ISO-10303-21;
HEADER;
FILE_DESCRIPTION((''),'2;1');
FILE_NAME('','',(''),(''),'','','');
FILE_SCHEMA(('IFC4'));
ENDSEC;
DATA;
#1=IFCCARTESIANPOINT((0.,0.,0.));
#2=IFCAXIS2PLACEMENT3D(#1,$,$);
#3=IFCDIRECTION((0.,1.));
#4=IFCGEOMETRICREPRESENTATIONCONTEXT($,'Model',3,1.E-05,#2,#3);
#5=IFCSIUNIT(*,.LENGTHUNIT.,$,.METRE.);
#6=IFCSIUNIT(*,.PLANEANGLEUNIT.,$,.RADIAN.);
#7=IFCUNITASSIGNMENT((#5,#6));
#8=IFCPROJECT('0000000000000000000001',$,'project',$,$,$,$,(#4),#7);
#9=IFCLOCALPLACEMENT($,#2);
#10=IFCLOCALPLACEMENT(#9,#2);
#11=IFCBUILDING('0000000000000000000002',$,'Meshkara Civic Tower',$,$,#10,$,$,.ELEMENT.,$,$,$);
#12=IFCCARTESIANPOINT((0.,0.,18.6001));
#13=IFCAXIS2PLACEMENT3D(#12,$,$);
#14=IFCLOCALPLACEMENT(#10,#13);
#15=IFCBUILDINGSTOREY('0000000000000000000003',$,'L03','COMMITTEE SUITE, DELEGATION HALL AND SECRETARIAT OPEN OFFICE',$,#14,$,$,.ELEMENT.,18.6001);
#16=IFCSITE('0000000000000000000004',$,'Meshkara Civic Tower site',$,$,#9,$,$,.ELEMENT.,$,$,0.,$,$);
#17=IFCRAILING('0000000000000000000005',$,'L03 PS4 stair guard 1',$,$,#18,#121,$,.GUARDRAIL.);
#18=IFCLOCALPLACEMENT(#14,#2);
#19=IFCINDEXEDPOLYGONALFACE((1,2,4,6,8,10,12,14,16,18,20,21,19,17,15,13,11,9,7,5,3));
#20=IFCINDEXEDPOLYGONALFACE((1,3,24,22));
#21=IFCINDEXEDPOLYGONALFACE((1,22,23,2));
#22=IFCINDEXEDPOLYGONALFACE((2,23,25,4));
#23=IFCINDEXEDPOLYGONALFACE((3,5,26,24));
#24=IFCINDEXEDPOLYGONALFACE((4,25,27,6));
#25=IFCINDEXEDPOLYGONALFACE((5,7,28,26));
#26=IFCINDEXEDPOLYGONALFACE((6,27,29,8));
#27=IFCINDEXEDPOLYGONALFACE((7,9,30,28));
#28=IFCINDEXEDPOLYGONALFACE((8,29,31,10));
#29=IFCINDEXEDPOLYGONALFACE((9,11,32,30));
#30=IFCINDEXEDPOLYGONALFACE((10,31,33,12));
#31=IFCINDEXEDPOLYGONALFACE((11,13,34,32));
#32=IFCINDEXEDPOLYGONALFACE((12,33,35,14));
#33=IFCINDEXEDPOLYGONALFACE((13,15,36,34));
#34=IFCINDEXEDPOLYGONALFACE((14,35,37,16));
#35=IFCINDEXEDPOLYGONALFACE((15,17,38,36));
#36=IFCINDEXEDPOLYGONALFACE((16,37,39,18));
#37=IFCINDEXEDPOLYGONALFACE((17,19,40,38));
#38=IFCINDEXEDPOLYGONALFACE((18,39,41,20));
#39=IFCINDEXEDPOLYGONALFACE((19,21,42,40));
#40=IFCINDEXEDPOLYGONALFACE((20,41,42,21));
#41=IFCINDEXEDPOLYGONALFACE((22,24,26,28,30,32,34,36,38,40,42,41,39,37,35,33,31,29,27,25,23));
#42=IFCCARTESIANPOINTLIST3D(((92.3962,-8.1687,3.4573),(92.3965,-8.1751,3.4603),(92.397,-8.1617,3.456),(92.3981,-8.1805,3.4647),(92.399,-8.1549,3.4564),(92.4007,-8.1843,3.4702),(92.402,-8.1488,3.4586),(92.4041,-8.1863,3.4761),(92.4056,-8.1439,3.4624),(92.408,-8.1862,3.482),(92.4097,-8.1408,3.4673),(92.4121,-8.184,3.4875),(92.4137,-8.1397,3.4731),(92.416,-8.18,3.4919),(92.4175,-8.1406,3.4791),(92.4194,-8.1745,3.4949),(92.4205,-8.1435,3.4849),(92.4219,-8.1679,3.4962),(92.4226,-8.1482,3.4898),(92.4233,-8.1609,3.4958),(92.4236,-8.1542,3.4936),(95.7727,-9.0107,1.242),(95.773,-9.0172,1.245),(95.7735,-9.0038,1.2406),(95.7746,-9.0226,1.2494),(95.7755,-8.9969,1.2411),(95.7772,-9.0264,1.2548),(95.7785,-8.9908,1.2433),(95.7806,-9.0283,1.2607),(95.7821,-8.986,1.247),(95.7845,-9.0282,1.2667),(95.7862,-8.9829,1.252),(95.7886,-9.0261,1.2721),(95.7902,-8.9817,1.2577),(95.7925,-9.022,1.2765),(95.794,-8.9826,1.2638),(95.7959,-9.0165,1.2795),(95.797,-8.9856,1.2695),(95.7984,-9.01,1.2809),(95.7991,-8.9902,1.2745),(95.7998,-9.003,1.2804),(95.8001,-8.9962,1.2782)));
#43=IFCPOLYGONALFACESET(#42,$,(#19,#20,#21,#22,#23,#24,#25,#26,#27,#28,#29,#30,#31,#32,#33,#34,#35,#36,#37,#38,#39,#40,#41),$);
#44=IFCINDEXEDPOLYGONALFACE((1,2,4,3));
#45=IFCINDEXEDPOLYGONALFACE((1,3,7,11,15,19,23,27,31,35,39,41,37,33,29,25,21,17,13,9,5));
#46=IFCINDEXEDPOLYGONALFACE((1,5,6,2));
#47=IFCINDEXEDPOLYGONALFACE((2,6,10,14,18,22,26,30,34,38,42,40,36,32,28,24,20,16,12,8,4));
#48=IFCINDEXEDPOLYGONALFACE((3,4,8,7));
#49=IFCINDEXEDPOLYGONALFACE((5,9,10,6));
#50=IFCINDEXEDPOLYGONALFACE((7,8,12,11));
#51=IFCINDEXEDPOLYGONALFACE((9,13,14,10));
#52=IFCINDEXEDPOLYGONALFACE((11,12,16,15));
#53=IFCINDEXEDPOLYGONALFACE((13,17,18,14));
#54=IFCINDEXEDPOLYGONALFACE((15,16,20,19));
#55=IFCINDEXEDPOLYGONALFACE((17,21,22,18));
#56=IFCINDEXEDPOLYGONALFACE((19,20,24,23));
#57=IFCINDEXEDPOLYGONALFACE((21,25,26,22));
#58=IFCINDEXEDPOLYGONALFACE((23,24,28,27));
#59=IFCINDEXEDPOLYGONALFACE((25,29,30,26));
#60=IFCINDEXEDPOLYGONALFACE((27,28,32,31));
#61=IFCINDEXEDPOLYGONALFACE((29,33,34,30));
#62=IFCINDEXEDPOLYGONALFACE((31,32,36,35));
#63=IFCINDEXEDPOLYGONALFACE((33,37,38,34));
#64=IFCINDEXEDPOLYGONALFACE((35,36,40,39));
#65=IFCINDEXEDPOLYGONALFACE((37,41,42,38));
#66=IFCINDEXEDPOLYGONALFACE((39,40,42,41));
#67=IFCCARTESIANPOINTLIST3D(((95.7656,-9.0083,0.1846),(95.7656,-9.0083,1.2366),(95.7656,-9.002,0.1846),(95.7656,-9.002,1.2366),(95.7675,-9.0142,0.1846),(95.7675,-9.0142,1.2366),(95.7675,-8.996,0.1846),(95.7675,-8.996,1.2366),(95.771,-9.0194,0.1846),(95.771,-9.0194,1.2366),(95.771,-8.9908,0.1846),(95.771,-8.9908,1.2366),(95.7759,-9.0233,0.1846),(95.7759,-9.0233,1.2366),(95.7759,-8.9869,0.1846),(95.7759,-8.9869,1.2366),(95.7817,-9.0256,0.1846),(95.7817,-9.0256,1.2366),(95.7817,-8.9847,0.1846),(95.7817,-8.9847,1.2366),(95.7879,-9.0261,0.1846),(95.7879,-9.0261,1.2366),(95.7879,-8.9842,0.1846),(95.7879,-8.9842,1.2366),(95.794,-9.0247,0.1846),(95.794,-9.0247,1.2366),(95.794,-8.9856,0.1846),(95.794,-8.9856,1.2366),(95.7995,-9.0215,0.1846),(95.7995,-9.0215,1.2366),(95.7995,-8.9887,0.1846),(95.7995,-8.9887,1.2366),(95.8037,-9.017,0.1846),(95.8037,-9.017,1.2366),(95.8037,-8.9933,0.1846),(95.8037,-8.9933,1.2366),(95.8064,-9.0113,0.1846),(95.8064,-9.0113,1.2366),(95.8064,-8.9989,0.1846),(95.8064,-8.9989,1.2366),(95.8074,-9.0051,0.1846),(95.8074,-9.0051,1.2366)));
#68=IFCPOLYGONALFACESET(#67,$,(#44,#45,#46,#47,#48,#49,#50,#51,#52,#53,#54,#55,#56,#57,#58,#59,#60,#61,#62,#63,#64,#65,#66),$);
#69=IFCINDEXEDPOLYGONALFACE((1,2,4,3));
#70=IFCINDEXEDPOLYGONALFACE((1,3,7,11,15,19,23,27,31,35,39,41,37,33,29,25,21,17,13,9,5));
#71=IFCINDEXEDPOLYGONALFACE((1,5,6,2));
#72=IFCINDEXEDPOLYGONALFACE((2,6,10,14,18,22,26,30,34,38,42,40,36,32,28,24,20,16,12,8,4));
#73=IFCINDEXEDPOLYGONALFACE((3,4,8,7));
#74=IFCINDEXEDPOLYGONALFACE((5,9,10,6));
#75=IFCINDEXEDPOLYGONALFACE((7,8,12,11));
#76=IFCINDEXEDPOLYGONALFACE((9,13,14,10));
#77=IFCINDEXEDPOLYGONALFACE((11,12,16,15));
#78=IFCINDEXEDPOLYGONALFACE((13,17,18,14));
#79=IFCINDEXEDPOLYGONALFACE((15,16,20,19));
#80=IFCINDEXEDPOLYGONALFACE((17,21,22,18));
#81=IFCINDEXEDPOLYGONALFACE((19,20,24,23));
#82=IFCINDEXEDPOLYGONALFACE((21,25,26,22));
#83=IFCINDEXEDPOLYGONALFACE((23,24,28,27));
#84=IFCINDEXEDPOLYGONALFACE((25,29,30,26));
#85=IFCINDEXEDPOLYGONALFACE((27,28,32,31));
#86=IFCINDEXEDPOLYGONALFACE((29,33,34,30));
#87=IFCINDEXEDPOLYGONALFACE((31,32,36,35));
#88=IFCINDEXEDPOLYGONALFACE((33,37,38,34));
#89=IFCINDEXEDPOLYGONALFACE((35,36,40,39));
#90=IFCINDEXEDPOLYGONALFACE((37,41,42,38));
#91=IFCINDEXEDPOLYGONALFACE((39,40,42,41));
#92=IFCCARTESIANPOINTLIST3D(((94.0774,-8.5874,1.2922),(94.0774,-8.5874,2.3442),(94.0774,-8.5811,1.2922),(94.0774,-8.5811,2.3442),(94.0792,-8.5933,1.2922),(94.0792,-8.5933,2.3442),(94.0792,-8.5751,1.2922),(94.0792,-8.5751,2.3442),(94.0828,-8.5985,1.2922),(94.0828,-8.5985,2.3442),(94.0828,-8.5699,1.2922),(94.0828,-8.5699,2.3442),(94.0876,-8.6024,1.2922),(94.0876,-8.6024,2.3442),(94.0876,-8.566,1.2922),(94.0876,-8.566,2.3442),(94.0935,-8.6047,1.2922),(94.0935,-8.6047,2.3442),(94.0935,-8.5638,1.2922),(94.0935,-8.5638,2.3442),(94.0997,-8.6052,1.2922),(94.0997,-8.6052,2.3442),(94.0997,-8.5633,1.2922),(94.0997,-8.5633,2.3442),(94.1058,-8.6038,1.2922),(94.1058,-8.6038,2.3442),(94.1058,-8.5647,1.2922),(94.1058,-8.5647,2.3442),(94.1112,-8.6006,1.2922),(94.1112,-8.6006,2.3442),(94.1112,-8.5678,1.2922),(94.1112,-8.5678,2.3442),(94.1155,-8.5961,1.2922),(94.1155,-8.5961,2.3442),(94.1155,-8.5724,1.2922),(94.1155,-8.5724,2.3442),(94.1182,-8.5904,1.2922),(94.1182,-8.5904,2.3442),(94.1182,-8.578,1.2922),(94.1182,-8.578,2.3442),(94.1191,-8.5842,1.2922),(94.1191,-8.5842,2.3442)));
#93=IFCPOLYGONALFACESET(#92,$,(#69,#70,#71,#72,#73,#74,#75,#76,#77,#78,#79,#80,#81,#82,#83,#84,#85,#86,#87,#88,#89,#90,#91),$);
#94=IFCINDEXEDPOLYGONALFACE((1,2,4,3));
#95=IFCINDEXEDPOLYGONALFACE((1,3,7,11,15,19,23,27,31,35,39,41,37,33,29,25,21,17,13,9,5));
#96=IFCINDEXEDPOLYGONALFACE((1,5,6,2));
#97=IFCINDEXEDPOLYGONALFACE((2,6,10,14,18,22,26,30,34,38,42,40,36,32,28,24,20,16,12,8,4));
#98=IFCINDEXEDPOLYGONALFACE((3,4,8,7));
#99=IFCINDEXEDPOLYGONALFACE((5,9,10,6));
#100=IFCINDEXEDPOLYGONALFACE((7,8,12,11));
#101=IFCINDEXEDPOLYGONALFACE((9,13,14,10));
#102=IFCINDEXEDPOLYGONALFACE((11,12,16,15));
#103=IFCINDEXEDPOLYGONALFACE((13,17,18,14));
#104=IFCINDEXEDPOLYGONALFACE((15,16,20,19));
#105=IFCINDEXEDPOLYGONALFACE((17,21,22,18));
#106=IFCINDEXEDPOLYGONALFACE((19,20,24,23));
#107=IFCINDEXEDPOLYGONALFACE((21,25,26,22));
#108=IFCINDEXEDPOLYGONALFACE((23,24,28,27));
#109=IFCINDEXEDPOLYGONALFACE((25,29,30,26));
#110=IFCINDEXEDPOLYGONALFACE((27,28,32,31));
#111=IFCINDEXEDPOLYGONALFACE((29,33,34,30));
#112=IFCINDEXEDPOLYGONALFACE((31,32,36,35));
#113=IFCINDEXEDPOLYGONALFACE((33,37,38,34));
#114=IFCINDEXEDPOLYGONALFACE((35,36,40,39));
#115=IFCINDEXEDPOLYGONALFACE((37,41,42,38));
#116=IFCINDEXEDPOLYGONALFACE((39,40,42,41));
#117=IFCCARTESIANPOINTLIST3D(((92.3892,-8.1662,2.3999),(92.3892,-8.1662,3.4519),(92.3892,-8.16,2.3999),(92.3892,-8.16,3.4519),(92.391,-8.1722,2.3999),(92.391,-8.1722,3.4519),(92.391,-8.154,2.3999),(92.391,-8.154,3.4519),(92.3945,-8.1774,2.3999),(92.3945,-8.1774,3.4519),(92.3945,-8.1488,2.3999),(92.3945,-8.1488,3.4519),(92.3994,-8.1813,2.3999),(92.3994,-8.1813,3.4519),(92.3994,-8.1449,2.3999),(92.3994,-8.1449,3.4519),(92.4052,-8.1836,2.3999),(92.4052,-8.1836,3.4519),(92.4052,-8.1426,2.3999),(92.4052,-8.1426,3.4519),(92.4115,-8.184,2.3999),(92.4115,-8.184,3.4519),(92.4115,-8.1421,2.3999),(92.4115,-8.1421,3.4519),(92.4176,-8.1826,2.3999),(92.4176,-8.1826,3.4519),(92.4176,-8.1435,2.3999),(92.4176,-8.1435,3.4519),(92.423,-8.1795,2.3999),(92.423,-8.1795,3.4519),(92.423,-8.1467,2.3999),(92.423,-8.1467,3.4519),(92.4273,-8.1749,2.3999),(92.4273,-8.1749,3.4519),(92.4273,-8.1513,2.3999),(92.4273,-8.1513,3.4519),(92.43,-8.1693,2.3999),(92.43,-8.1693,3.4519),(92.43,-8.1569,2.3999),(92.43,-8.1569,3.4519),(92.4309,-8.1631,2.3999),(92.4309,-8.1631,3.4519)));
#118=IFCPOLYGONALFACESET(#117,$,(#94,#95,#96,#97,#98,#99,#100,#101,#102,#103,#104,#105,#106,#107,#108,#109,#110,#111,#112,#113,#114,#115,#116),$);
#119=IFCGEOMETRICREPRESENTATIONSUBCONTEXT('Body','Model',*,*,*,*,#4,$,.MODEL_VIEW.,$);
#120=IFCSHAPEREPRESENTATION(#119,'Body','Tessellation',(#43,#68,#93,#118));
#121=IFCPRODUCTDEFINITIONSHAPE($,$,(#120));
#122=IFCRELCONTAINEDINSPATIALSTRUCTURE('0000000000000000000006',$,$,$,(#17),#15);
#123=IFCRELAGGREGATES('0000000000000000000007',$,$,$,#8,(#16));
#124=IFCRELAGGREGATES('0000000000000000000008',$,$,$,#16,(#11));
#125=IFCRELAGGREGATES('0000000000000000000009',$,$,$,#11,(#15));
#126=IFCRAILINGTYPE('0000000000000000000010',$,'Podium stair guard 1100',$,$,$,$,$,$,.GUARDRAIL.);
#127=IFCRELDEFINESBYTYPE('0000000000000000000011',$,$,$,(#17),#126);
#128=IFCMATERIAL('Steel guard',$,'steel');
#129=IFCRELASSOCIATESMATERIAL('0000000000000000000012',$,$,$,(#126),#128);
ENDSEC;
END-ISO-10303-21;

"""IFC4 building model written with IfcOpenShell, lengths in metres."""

from ifc_helpers import new_model, si_unit, direction, frame, origin, origin_2d, place, context, subcontext, project, spatial, circle, extrude, material, type_object, element, save


model = new_model("IFC4")

# Units and contexts
model_context = context("Model", 3, precision=1e-05, world=origin(), true_north=direction((0.0, 1.0)))
body_context = subcontext(model_context, "Body", "Model", "MODEL_VIEW")
ifc_project = project(units=[si_unit("LENGTHUNIT", "METRE"), si_unit("PLANEANGLEUNIT", "RADIAN")], contexts=[model_context])

# Site, building, storey
site_placement = place(None, origin())
site = spatial("IfcSite", under=ifc_project, at=site_placement, Name="Meshkara Civic Tower site", CompositionType="ELEMENT", RefElevation=0.0)
building_placement = place(site_placement, origin())
building = spatial("IfcBuilding", under=site, at=building_placement, Name="Meshkara Civic Tower", CompositionType="ELEMENT")
storey_placement = place(building_placement, frame((0.0, 0.0, 18.6001)))
storey = spatial("IfcBuildingStorey", under=building, at=storey_placement, Name="L03", Description="COMMITTEE SUITE, DELEGATION HALL AND SECRETARIAT OPEN OFFICE", CompositionType="ELEMENT", Elevation=18.6001)

# Railing
ifc_material_1 = material(Name="Steel guard", Category="steel")
railing_type_1 = type_object("IfcRailingType", Name="Podium stair guard 1100", PredefinedType="GUARDRAIL", material=ifc_material_1)
railing_1_placement = place(storey_placement, frame((95.7864, -9.0051, 0.1846)))
element("IfcRailing", 1, at=railing_1_placement, inside=storey, type_object=railing_type_1, Name="L03 PS4 stair guard 1", PredefinedType="GUARDRAIL", context=body_context, shape_type="SweptSolid", body=[
    extrude(circle(Radius=0.0239, at=origin_2d()), frame((0.0, 0.0, 1.0762), z_axis=(-0.818498, 0.204121, 0.537025), x_axis=(-0.241974, -0.970283, 0.0)), (0.0, 0.0, 1.0), 4.1252),
    extrude(circle(Radius=0.021, at=origin_2d()), origin(), (0.0, 0.0, 1.0), 1.052),
    extrude(circle(Radius=0.021, at=origin_2d()), frame((-1.6882, 0.4209, 1.1077)), (0.0, 0.0, 1.0), 1.052),
    extrude(circle(Radius=0.021, at=origin_2d()), frame((-3.3765, 0.842, 2.2153)), (0.0, 0.0, 1.0), 1.052),
])

save(model, "model.ifc")
